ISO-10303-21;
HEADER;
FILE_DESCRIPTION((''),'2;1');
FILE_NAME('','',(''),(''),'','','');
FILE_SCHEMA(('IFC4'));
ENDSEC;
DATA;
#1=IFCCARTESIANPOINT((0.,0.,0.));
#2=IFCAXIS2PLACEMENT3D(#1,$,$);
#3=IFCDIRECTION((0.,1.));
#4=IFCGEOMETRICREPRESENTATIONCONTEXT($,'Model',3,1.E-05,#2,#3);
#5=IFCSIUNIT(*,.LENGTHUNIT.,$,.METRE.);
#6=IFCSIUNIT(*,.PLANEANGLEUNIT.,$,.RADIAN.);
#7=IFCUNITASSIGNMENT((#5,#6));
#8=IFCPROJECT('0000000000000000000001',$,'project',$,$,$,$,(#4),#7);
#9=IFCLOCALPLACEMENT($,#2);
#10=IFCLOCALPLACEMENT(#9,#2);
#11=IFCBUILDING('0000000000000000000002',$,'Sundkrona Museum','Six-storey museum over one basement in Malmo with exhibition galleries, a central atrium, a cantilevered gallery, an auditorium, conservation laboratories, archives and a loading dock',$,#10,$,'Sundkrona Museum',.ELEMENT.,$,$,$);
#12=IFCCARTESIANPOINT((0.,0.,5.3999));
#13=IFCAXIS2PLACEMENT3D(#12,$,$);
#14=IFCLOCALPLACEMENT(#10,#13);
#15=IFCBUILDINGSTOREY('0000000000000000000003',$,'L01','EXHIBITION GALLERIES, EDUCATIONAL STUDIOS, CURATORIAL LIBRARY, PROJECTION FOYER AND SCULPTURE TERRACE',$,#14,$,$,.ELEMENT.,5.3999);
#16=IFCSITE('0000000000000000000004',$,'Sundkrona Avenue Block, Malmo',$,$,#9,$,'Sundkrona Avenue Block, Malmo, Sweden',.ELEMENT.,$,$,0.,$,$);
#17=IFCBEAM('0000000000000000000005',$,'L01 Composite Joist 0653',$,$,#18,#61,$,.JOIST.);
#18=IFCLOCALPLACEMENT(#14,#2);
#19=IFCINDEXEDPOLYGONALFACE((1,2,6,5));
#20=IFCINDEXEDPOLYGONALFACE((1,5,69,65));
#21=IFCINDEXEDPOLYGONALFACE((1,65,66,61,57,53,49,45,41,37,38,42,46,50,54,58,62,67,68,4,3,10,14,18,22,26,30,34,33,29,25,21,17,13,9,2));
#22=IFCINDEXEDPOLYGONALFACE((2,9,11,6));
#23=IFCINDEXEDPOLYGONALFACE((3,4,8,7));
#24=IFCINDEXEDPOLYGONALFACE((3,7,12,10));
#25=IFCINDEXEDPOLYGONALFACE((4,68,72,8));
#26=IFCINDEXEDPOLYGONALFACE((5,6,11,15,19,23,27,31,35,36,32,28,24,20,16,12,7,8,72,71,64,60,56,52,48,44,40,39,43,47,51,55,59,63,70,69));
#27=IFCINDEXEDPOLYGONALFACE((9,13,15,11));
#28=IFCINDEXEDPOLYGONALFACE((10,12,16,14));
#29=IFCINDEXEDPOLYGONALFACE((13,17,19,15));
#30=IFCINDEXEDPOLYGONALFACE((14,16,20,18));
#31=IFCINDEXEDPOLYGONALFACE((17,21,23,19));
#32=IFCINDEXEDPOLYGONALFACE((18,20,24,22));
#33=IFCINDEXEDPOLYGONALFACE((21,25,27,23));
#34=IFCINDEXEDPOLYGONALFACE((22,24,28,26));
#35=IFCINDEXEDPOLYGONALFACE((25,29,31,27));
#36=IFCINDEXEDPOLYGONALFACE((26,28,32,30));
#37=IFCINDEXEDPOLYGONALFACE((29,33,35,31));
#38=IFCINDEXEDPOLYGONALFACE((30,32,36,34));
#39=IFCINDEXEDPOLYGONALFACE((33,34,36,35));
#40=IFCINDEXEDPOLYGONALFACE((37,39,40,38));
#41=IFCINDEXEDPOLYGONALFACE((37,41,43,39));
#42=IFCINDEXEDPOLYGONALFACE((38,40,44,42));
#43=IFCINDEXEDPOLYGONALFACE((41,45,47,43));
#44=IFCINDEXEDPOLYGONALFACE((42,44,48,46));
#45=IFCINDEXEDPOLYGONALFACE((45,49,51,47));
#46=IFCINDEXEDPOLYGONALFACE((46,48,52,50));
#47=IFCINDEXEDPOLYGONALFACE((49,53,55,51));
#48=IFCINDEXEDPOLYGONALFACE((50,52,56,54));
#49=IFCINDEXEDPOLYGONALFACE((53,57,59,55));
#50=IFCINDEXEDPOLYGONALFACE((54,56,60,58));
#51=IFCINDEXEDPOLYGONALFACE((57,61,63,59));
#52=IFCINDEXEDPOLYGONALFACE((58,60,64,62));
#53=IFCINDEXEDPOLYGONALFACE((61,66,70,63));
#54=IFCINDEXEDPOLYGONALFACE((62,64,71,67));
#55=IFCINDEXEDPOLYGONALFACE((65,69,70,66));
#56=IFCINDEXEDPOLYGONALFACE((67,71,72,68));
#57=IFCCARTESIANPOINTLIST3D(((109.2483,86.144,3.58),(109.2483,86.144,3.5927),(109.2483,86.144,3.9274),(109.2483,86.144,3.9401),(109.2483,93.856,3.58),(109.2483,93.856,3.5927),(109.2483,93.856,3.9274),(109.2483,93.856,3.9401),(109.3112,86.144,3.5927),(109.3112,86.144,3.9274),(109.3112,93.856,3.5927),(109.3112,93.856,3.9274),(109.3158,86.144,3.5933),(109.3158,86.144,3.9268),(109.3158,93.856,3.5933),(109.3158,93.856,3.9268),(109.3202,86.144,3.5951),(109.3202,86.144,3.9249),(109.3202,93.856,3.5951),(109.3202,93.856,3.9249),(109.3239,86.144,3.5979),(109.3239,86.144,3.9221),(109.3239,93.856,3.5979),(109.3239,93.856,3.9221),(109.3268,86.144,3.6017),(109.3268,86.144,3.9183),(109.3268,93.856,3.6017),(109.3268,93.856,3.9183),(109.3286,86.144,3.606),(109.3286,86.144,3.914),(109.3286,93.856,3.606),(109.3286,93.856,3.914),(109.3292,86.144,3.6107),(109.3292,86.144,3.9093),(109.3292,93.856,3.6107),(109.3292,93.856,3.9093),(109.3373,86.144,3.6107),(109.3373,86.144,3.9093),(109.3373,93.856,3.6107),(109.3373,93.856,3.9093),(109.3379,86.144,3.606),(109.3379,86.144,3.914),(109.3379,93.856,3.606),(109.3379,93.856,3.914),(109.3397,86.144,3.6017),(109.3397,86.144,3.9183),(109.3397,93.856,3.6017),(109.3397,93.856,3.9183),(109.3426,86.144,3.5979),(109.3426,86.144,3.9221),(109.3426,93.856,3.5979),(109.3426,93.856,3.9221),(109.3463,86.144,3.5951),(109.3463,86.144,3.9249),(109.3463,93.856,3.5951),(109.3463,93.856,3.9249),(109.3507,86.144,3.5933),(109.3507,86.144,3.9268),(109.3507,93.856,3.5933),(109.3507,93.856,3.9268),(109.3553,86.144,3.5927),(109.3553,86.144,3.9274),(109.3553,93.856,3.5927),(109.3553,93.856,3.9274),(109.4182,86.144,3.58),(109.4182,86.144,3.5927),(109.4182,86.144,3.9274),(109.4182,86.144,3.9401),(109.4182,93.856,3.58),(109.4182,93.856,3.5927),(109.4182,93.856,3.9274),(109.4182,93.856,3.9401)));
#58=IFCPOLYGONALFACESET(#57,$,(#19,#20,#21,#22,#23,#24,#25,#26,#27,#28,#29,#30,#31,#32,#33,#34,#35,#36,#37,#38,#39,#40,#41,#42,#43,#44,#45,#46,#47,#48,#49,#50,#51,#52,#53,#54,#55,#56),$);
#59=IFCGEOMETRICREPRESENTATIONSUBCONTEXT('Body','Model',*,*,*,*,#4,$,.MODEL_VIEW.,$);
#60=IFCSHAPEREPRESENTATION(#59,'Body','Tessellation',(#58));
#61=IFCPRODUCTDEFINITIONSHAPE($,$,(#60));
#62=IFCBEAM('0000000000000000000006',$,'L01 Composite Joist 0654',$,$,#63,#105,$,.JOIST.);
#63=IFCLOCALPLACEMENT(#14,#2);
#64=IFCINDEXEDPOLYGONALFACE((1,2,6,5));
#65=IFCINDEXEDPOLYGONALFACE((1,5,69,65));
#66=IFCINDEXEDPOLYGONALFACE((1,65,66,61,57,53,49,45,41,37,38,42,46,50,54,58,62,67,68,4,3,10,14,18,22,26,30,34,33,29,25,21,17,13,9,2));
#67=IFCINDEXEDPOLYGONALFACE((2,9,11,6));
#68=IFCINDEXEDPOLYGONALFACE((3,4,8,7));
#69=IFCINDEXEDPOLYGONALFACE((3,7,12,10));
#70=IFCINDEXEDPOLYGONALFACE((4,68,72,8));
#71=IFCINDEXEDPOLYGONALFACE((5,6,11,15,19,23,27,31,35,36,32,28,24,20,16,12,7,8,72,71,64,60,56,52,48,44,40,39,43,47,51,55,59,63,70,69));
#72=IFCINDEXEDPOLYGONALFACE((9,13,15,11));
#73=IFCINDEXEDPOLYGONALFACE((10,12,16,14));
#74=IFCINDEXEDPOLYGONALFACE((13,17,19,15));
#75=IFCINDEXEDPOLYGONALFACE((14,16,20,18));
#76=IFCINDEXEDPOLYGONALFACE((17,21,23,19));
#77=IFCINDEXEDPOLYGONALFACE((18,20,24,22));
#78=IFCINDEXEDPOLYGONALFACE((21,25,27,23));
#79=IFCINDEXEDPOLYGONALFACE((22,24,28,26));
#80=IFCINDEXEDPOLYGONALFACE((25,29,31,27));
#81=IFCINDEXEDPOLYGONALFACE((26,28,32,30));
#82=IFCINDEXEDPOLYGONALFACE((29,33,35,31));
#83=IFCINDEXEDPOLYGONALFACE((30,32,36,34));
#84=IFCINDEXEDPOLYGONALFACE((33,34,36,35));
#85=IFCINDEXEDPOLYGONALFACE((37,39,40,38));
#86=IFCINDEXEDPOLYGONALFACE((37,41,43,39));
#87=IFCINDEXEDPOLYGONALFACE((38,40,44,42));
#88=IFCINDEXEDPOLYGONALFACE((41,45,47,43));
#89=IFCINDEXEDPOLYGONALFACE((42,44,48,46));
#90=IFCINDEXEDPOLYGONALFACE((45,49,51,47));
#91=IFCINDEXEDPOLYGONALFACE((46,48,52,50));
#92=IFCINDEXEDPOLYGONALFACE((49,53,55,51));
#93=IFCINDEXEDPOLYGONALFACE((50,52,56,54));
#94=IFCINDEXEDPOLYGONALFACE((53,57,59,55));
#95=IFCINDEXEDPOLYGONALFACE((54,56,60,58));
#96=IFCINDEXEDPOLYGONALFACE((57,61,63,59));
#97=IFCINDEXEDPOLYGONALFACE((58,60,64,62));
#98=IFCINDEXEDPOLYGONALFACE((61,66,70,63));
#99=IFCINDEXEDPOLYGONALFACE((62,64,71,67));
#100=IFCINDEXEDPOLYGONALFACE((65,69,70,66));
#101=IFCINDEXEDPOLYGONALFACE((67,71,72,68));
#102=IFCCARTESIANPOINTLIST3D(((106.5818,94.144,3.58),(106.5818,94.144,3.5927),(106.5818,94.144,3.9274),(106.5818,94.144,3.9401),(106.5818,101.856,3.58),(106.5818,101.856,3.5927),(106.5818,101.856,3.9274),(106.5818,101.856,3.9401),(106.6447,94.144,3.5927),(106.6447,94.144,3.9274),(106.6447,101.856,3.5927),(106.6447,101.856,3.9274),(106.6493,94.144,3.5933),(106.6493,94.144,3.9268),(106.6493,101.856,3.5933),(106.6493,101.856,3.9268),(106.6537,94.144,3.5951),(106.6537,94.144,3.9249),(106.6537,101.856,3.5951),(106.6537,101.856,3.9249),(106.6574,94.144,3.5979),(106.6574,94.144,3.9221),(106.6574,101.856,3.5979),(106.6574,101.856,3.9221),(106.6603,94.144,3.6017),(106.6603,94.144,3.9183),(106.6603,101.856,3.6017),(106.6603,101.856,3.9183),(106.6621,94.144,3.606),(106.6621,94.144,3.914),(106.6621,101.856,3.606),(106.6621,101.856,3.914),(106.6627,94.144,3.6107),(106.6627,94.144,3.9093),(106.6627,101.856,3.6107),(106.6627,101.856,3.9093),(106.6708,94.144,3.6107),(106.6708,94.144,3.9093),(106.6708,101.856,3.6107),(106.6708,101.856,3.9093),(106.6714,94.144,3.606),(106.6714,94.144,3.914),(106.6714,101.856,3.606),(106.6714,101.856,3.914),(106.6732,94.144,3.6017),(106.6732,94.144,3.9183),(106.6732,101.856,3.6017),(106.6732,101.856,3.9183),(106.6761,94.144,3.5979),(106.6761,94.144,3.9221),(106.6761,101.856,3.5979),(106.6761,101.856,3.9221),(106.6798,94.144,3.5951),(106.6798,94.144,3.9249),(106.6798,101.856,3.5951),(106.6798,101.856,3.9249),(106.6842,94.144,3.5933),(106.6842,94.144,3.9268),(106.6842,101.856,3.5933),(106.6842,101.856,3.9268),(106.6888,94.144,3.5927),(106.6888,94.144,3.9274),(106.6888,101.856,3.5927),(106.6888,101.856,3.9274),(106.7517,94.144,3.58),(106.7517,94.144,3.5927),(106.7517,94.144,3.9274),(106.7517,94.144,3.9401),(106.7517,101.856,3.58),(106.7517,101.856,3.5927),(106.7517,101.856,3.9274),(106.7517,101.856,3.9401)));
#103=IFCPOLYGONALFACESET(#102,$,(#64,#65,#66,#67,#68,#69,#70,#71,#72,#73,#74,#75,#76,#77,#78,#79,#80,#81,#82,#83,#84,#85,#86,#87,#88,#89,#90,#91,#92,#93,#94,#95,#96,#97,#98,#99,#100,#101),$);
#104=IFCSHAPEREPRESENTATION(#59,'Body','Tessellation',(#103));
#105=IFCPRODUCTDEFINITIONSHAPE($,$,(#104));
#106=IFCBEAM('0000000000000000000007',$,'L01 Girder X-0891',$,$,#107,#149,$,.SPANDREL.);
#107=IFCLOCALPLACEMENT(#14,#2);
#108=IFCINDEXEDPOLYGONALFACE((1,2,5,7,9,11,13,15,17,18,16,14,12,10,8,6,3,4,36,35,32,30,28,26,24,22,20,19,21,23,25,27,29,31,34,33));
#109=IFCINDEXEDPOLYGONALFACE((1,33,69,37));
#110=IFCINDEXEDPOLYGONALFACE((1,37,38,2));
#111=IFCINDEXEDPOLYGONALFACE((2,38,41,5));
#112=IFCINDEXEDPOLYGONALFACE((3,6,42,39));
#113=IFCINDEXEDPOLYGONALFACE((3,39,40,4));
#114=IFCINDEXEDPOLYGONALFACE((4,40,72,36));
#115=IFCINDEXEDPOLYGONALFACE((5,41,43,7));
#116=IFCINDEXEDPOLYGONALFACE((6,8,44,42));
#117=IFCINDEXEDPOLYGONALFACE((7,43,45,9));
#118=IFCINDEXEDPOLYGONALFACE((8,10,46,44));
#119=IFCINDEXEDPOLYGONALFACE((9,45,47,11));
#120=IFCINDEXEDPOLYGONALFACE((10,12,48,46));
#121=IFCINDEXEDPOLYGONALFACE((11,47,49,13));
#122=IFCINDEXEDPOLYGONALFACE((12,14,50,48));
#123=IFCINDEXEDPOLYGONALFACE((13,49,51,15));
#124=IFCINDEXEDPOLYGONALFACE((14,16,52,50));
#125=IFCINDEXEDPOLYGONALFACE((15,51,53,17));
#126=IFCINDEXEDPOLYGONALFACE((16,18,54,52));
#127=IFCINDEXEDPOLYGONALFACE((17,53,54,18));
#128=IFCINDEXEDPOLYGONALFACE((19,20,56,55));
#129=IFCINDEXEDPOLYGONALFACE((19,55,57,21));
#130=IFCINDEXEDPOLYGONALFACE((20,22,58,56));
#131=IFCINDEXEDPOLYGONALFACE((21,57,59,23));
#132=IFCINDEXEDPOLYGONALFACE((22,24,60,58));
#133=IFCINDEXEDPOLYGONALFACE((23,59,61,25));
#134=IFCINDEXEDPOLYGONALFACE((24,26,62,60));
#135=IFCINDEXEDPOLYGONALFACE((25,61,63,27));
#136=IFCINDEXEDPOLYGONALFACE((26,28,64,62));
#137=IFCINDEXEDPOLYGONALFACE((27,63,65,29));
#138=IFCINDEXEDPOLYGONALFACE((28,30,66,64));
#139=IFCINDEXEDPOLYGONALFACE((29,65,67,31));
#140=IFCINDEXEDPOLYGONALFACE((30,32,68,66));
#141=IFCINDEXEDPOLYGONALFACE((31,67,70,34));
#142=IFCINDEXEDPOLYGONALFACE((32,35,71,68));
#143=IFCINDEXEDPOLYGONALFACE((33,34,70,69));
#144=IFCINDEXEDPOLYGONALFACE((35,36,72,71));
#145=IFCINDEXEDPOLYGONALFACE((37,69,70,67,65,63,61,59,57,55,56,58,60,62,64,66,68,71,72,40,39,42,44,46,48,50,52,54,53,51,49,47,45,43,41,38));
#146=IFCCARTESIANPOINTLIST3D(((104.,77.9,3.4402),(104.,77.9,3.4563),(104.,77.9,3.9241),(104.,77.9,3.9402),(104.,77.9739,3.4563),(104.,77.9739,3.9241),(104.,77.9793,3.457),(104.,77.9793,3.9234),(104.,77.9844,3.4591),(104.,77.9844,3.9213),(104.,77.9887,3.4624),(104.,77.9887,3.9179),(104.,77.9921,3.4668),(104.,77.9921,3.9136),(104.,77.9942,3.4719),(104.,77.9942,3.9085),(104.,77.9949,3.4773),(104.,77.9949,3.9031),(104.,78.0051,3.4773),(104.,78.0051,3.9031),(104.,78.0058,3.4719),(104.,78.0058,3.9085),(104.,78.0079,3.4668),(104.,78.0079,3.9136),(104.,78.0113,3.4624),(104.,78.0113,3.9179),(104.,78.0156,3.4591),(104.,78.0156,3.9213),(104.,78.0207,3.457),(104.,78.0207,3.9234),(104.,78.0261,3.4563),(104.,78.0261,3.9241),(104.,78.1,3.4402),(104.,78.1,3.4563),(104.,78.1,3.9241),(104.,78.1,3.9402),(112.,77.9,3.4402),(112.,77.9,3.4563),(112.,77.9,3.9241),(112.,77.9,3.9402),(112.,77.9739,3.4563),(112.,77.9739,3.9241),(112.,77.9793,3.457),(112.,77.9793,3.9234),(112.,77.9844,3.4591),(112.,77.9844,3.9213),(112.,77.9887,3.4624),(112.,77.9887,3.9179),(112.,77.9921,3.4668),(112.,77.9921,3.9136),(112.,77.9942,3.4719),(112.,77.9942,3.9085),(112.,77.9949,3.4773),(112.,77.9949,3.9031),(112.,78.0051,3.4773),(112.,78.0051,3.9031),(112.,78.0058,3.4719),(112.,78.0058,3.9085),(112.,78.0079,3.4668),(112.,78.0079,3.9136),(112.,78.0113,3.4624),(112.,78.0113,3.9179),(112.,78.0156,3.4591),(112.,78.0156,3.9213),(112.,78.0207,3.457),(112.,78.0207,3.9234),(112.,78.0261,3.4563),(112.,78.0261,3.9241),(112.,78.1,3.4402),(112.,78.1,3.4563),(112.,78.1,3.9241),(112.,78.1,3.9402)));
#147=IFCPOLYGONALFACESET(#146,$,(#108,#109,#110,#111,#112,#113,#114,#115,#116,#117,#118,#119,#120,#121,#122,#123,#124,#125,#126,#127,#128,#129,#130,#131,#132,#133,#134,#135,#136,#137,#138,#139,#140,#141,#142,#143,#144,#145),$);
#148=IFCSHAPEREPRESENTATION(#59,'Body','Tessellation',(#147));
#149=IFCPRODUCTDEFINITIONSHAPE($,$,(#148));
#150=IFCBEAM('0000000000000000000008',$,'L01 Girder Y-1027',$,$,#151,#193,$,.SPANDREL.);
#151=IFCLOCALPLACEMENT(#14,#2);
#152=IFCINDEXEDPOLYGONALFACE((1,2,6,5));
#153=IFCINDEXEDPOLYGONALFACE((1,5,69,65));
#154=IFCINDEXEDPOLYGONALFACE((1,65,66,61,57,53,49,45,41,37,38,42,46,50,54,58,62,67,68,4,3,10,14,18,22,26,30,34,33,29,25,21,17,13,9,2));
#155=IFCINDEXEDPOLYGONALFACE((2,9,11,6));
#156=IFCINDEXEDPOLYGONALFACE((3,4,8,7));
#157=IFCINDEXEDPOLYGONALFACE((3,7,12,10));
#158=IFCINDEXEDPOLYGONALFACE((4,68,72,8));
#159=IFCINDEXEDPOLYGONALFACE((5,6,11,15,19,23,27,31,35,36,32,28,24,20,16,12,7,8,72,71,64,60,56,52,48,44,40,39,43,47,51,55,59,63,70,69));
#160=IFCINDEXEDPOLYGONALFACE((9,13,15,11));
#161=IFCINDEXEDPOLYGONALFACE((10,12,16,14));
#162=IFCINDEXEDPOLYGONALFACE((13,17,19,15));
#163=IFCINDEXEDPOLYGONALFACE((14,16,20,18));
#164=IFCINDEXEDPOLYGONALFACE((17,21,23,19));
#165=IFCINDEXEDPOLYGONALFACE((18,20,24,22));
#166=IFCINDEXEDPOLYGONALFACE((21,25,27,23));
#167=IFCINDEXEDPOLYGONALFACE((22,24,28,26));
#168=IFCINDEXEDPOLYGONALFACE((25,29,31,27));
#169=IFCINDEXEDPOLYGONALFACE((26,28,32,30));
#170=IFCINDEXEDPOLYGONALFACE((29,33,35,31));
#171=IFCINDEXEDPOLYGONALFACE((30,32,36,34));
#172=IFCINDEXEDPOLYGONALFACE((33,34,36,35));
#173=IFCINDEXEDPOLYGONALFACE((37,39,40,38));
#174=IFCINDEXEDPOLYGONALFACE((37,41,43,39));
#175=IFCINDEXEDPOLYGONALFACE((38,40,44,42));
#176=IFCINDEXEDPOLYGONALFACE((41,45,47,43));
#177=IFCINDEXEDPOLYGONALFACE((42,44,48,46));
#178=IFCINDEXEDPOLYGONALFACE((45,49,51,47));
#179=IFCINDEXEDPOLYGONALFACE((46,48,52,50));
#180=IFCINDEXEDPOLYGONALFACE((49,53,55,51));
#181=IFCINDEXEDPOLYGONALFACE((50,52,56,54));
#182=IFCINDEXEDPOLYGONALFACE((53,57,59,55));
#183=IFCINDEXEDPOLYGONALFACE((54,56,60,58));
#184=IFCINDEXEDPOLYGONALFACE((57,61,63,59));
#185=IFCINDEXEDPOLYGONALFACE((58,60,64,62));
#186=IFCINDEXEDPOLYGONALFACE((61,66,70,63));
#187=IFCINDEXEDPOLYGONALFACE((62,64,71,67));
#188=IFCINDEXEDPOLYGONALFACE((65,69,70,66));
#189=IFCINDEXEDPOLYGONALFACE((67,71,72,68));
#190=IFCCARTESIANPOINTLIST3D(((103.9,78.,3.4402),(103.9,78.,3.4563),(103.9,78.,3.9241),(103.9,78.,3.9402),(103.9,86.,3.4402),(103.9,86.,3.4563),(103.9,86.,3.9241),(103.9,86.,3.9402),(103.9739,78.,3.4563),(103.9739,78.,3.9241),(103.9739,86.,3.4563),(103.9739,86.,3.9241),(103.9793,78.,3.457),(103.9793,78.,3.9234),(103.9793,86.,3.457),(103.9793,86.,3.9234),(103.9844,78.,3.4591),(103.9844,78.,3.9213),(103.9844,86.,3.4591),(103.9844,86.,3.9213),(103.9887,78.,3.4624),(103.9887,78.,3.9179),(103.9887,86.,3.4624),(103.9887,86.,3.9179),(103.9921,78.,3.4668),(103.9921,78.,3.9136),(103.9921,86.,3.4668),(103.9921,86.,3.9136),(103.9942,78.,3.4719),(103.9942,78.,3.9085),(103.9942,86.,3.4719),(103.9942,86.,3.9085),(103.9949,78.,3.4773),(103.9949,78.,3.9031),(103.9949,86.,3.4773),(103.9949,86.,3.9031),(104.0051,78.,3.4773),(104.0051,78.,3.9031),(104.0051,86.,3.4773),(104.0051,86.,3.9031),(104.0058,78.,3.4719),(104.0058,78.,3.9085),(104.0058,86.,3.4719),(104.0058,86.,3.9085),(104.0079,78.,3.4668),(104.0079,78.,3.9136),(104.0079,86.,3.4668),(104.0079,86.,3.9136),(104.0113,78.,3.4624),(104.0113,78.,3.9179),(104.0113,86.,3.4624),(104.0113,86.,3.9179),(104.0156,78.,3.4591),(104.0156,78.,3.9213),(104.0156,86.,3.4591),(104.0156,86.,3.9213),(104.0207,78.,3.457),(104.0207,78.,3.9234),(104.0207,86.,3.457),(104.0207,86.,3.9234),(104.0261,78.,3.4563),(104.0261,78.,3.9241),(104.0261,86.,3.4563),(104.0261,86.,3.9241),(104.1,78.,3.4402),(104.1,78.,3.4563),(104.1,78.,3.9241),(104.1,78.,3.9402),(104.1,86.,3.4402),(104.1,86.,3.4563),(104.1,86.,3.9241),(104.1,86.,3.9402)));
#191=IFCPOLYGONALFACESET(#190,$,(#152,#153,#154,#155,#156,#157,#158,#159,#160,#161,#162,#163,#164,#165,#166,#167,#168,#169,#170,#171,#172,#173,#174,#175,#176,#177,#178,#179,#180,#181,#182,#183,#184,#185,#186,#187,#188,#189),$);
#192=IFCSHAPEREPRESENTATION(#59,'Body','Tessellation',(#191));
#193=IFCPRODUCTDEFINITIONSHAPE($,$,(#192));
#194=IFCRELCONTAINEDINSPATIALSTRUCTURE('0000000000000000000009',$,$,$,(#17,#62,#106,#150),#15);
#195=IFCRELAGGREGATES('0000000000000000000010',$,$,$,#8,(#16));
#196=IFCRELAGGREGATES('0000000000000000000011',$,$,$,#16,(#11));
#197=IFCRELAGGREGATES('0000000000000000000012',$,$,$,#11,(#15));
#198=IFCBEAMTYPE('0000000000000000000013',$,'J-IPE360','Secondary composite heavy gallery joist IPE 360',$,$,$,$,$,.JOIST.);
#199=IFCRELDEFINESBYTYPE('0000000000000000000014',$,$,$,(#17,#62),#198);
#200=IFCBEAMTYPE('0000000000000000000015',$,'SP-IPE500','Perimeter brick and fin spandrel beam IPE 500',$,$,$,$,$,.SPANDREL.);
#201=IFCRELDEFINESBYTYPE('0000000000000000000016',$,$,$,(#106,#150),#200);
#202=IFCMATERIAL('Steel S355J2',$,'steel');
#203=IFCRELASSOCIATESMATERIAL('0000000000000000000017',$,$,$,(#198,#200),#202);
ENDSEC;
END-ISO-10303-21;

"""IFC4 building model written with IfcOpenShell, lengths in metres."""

from ifc_helpers import new_model, si_unit, direction, frame, origin, origin_2d, place, context, subcontext, project, spatial, i_section, extrude, material, material_profile, profile_set, type_object, element, save


model = new_model("IFC4")

# Units and contexts
model_context = context("Model", 3, precision=1e-05, world=origin(), true_north=direction((0.0, 1.0)))
body_context = subcontext(model_context, "Body", "Model", "MODEL_VIEW")
ifc_project = project(units=[si_unit("LENGTHUNIT", "METRE"), si_unit("PLANEANGLEUNIT", "RADIAN")], contexts=[model_context])

# Site, building, storey
site_placement = place(None, origin())
site = spatial("IfcSite", under=ifc_project, at=site_placement, Name="Sundkrona Avenue Block, Malmo", LongName="Sundkrona Avenue Block, Malmo, Sweden", CompositionType="ELEMENT", RefElevation=0.0)
building_placement = place(site_placement, origin())
building = spatial("IfcBuilding", under=site, at=building_placement, Name="Sundkrona Museum", Description="Six-storey museum over one basement in Malmo with exhibition galleries, a central atrium, a cantilevered gallery, an auditorium, conservation laboratories, archives and a loading dock", LongName="Sundkrona Museum", CompositionType="ELEMENT")
storey_placement = place(building_placement, frame((0.0, 0.0, 5.3999)))
storey = spatial("IfcBuildingStorey", under=building, at=storey_placement, Name="L01", Description="EXHIBITION GALLERIES, EDUCATIONAL STUDIOS, CURATORIAL LIBRARY, PROJECTION FOYER AND SCULPTURE TERRACE", CompositionType="ELEMENT", Elevation=5.3999)

# Shared definitions
ifc_material_1 = material(Name="Steel S355J2", Category="steel")

# Beams
ifc_material_profile_1 = material_profile(ifc_material_1, i_section(OverallWidth=0.1699, OverallDepth=0.3601, WebThickness=0.0081, FlangeThickness=0.0127, FilletRadius=0.0181, at=origin_2d()), Name="IPE 360")
ifc_profile_set_1 = profile_set([ifc_material_profile_1], Name="Steel S355J2")
beam_type_1 = type_object("IfcBeamType", Name="J-IPE360", Description="Secondary composite heavy gallery joist IPE 360", PredefinedType="JOIST", material=ifc_profile_set_1)
for number, where, z_axis, x_axis, name in (
    (1, (109.3333, 86.144, 3.76), (0.0, 1.0, 0.0), (-1.0, 0.0, 0.0), "L01 Composite Joist 0653"),
    (2, (106.6667, 94.144, 3.76), (0.0, 1.0, 0.0), (-1.0, 0.0, 0.0), "L01 Composite Joist 0654"),
):
    element("IfcBeam", number, at=place(storey_placement, frame(where, z_axis=z_axis, x_axis=x_axis)), inside=storey, type_object=beam_type_1, Name=name, PredefinedType="JOIST", context=body_context, shape_type="SweptSolid", body=[
        extrude(i_section(OverallWidth=0.1699, OverallDepth=0.3601, WebThickness=0.0081, FlangeThickness=0.0127, FilletRadius=0.0181, at=origin_2d()), origin(), (0.0, 0.0, 1.0), 7.7119),
    ])
ifc_material_profile_2 = material_profile(ifc_material_1, i_section(OverallWidth=0.2, OverallDepth=0.5, WebThickness=0.0103, FlangeThickness=0.0161, FilletRadius=0.021, at=origin_2d()), Name="IPE 500")
ifc_profile_set_2 = profile_set([ifc_material_profile_2], Name="Steel S355J2")
beam_type_2 = type_object("IfcBeamType", Name="SP-IPE500", Description="Perimeter brick and fin spandrel beam IPE 500", PredefinedType="SPANDREL", material=ifc_profile_set_2)
for number, where, z_axis, x_axis, name in (
    (3, (104.0, 78.0, 3.6902), (1.0, 0.0, 0.0), (0.0, 1.0, 0.0), "L01 Girder X-0891"),
    (4, (104.0, 78.0, 3.6902), (0.0, 1.0, 0.0), (-1.0, 0.0, 0.0), "L01 Girder Y-1027"),
):
    element("IfcBeam", number, at=place(storey_placement, frame(where, z_axis=z_axis, x_axis=x_axis)), inside=storey, type_object=beam_type_2, Name=name, PredefinedType="SPANDREL", context=body_context, shape_type="SweptSolid", body=[
        extrude(i_section(OverallWidth=0.2, OverallDepth=0.5, WebThickness=0.0103, FlangeThickness=0.0161, FilletRadius=0.021, at=origin_2d()), origin(), (0.0, 0.0, 1.0), 8.0),
    ])

save(model, "model.ifc")
